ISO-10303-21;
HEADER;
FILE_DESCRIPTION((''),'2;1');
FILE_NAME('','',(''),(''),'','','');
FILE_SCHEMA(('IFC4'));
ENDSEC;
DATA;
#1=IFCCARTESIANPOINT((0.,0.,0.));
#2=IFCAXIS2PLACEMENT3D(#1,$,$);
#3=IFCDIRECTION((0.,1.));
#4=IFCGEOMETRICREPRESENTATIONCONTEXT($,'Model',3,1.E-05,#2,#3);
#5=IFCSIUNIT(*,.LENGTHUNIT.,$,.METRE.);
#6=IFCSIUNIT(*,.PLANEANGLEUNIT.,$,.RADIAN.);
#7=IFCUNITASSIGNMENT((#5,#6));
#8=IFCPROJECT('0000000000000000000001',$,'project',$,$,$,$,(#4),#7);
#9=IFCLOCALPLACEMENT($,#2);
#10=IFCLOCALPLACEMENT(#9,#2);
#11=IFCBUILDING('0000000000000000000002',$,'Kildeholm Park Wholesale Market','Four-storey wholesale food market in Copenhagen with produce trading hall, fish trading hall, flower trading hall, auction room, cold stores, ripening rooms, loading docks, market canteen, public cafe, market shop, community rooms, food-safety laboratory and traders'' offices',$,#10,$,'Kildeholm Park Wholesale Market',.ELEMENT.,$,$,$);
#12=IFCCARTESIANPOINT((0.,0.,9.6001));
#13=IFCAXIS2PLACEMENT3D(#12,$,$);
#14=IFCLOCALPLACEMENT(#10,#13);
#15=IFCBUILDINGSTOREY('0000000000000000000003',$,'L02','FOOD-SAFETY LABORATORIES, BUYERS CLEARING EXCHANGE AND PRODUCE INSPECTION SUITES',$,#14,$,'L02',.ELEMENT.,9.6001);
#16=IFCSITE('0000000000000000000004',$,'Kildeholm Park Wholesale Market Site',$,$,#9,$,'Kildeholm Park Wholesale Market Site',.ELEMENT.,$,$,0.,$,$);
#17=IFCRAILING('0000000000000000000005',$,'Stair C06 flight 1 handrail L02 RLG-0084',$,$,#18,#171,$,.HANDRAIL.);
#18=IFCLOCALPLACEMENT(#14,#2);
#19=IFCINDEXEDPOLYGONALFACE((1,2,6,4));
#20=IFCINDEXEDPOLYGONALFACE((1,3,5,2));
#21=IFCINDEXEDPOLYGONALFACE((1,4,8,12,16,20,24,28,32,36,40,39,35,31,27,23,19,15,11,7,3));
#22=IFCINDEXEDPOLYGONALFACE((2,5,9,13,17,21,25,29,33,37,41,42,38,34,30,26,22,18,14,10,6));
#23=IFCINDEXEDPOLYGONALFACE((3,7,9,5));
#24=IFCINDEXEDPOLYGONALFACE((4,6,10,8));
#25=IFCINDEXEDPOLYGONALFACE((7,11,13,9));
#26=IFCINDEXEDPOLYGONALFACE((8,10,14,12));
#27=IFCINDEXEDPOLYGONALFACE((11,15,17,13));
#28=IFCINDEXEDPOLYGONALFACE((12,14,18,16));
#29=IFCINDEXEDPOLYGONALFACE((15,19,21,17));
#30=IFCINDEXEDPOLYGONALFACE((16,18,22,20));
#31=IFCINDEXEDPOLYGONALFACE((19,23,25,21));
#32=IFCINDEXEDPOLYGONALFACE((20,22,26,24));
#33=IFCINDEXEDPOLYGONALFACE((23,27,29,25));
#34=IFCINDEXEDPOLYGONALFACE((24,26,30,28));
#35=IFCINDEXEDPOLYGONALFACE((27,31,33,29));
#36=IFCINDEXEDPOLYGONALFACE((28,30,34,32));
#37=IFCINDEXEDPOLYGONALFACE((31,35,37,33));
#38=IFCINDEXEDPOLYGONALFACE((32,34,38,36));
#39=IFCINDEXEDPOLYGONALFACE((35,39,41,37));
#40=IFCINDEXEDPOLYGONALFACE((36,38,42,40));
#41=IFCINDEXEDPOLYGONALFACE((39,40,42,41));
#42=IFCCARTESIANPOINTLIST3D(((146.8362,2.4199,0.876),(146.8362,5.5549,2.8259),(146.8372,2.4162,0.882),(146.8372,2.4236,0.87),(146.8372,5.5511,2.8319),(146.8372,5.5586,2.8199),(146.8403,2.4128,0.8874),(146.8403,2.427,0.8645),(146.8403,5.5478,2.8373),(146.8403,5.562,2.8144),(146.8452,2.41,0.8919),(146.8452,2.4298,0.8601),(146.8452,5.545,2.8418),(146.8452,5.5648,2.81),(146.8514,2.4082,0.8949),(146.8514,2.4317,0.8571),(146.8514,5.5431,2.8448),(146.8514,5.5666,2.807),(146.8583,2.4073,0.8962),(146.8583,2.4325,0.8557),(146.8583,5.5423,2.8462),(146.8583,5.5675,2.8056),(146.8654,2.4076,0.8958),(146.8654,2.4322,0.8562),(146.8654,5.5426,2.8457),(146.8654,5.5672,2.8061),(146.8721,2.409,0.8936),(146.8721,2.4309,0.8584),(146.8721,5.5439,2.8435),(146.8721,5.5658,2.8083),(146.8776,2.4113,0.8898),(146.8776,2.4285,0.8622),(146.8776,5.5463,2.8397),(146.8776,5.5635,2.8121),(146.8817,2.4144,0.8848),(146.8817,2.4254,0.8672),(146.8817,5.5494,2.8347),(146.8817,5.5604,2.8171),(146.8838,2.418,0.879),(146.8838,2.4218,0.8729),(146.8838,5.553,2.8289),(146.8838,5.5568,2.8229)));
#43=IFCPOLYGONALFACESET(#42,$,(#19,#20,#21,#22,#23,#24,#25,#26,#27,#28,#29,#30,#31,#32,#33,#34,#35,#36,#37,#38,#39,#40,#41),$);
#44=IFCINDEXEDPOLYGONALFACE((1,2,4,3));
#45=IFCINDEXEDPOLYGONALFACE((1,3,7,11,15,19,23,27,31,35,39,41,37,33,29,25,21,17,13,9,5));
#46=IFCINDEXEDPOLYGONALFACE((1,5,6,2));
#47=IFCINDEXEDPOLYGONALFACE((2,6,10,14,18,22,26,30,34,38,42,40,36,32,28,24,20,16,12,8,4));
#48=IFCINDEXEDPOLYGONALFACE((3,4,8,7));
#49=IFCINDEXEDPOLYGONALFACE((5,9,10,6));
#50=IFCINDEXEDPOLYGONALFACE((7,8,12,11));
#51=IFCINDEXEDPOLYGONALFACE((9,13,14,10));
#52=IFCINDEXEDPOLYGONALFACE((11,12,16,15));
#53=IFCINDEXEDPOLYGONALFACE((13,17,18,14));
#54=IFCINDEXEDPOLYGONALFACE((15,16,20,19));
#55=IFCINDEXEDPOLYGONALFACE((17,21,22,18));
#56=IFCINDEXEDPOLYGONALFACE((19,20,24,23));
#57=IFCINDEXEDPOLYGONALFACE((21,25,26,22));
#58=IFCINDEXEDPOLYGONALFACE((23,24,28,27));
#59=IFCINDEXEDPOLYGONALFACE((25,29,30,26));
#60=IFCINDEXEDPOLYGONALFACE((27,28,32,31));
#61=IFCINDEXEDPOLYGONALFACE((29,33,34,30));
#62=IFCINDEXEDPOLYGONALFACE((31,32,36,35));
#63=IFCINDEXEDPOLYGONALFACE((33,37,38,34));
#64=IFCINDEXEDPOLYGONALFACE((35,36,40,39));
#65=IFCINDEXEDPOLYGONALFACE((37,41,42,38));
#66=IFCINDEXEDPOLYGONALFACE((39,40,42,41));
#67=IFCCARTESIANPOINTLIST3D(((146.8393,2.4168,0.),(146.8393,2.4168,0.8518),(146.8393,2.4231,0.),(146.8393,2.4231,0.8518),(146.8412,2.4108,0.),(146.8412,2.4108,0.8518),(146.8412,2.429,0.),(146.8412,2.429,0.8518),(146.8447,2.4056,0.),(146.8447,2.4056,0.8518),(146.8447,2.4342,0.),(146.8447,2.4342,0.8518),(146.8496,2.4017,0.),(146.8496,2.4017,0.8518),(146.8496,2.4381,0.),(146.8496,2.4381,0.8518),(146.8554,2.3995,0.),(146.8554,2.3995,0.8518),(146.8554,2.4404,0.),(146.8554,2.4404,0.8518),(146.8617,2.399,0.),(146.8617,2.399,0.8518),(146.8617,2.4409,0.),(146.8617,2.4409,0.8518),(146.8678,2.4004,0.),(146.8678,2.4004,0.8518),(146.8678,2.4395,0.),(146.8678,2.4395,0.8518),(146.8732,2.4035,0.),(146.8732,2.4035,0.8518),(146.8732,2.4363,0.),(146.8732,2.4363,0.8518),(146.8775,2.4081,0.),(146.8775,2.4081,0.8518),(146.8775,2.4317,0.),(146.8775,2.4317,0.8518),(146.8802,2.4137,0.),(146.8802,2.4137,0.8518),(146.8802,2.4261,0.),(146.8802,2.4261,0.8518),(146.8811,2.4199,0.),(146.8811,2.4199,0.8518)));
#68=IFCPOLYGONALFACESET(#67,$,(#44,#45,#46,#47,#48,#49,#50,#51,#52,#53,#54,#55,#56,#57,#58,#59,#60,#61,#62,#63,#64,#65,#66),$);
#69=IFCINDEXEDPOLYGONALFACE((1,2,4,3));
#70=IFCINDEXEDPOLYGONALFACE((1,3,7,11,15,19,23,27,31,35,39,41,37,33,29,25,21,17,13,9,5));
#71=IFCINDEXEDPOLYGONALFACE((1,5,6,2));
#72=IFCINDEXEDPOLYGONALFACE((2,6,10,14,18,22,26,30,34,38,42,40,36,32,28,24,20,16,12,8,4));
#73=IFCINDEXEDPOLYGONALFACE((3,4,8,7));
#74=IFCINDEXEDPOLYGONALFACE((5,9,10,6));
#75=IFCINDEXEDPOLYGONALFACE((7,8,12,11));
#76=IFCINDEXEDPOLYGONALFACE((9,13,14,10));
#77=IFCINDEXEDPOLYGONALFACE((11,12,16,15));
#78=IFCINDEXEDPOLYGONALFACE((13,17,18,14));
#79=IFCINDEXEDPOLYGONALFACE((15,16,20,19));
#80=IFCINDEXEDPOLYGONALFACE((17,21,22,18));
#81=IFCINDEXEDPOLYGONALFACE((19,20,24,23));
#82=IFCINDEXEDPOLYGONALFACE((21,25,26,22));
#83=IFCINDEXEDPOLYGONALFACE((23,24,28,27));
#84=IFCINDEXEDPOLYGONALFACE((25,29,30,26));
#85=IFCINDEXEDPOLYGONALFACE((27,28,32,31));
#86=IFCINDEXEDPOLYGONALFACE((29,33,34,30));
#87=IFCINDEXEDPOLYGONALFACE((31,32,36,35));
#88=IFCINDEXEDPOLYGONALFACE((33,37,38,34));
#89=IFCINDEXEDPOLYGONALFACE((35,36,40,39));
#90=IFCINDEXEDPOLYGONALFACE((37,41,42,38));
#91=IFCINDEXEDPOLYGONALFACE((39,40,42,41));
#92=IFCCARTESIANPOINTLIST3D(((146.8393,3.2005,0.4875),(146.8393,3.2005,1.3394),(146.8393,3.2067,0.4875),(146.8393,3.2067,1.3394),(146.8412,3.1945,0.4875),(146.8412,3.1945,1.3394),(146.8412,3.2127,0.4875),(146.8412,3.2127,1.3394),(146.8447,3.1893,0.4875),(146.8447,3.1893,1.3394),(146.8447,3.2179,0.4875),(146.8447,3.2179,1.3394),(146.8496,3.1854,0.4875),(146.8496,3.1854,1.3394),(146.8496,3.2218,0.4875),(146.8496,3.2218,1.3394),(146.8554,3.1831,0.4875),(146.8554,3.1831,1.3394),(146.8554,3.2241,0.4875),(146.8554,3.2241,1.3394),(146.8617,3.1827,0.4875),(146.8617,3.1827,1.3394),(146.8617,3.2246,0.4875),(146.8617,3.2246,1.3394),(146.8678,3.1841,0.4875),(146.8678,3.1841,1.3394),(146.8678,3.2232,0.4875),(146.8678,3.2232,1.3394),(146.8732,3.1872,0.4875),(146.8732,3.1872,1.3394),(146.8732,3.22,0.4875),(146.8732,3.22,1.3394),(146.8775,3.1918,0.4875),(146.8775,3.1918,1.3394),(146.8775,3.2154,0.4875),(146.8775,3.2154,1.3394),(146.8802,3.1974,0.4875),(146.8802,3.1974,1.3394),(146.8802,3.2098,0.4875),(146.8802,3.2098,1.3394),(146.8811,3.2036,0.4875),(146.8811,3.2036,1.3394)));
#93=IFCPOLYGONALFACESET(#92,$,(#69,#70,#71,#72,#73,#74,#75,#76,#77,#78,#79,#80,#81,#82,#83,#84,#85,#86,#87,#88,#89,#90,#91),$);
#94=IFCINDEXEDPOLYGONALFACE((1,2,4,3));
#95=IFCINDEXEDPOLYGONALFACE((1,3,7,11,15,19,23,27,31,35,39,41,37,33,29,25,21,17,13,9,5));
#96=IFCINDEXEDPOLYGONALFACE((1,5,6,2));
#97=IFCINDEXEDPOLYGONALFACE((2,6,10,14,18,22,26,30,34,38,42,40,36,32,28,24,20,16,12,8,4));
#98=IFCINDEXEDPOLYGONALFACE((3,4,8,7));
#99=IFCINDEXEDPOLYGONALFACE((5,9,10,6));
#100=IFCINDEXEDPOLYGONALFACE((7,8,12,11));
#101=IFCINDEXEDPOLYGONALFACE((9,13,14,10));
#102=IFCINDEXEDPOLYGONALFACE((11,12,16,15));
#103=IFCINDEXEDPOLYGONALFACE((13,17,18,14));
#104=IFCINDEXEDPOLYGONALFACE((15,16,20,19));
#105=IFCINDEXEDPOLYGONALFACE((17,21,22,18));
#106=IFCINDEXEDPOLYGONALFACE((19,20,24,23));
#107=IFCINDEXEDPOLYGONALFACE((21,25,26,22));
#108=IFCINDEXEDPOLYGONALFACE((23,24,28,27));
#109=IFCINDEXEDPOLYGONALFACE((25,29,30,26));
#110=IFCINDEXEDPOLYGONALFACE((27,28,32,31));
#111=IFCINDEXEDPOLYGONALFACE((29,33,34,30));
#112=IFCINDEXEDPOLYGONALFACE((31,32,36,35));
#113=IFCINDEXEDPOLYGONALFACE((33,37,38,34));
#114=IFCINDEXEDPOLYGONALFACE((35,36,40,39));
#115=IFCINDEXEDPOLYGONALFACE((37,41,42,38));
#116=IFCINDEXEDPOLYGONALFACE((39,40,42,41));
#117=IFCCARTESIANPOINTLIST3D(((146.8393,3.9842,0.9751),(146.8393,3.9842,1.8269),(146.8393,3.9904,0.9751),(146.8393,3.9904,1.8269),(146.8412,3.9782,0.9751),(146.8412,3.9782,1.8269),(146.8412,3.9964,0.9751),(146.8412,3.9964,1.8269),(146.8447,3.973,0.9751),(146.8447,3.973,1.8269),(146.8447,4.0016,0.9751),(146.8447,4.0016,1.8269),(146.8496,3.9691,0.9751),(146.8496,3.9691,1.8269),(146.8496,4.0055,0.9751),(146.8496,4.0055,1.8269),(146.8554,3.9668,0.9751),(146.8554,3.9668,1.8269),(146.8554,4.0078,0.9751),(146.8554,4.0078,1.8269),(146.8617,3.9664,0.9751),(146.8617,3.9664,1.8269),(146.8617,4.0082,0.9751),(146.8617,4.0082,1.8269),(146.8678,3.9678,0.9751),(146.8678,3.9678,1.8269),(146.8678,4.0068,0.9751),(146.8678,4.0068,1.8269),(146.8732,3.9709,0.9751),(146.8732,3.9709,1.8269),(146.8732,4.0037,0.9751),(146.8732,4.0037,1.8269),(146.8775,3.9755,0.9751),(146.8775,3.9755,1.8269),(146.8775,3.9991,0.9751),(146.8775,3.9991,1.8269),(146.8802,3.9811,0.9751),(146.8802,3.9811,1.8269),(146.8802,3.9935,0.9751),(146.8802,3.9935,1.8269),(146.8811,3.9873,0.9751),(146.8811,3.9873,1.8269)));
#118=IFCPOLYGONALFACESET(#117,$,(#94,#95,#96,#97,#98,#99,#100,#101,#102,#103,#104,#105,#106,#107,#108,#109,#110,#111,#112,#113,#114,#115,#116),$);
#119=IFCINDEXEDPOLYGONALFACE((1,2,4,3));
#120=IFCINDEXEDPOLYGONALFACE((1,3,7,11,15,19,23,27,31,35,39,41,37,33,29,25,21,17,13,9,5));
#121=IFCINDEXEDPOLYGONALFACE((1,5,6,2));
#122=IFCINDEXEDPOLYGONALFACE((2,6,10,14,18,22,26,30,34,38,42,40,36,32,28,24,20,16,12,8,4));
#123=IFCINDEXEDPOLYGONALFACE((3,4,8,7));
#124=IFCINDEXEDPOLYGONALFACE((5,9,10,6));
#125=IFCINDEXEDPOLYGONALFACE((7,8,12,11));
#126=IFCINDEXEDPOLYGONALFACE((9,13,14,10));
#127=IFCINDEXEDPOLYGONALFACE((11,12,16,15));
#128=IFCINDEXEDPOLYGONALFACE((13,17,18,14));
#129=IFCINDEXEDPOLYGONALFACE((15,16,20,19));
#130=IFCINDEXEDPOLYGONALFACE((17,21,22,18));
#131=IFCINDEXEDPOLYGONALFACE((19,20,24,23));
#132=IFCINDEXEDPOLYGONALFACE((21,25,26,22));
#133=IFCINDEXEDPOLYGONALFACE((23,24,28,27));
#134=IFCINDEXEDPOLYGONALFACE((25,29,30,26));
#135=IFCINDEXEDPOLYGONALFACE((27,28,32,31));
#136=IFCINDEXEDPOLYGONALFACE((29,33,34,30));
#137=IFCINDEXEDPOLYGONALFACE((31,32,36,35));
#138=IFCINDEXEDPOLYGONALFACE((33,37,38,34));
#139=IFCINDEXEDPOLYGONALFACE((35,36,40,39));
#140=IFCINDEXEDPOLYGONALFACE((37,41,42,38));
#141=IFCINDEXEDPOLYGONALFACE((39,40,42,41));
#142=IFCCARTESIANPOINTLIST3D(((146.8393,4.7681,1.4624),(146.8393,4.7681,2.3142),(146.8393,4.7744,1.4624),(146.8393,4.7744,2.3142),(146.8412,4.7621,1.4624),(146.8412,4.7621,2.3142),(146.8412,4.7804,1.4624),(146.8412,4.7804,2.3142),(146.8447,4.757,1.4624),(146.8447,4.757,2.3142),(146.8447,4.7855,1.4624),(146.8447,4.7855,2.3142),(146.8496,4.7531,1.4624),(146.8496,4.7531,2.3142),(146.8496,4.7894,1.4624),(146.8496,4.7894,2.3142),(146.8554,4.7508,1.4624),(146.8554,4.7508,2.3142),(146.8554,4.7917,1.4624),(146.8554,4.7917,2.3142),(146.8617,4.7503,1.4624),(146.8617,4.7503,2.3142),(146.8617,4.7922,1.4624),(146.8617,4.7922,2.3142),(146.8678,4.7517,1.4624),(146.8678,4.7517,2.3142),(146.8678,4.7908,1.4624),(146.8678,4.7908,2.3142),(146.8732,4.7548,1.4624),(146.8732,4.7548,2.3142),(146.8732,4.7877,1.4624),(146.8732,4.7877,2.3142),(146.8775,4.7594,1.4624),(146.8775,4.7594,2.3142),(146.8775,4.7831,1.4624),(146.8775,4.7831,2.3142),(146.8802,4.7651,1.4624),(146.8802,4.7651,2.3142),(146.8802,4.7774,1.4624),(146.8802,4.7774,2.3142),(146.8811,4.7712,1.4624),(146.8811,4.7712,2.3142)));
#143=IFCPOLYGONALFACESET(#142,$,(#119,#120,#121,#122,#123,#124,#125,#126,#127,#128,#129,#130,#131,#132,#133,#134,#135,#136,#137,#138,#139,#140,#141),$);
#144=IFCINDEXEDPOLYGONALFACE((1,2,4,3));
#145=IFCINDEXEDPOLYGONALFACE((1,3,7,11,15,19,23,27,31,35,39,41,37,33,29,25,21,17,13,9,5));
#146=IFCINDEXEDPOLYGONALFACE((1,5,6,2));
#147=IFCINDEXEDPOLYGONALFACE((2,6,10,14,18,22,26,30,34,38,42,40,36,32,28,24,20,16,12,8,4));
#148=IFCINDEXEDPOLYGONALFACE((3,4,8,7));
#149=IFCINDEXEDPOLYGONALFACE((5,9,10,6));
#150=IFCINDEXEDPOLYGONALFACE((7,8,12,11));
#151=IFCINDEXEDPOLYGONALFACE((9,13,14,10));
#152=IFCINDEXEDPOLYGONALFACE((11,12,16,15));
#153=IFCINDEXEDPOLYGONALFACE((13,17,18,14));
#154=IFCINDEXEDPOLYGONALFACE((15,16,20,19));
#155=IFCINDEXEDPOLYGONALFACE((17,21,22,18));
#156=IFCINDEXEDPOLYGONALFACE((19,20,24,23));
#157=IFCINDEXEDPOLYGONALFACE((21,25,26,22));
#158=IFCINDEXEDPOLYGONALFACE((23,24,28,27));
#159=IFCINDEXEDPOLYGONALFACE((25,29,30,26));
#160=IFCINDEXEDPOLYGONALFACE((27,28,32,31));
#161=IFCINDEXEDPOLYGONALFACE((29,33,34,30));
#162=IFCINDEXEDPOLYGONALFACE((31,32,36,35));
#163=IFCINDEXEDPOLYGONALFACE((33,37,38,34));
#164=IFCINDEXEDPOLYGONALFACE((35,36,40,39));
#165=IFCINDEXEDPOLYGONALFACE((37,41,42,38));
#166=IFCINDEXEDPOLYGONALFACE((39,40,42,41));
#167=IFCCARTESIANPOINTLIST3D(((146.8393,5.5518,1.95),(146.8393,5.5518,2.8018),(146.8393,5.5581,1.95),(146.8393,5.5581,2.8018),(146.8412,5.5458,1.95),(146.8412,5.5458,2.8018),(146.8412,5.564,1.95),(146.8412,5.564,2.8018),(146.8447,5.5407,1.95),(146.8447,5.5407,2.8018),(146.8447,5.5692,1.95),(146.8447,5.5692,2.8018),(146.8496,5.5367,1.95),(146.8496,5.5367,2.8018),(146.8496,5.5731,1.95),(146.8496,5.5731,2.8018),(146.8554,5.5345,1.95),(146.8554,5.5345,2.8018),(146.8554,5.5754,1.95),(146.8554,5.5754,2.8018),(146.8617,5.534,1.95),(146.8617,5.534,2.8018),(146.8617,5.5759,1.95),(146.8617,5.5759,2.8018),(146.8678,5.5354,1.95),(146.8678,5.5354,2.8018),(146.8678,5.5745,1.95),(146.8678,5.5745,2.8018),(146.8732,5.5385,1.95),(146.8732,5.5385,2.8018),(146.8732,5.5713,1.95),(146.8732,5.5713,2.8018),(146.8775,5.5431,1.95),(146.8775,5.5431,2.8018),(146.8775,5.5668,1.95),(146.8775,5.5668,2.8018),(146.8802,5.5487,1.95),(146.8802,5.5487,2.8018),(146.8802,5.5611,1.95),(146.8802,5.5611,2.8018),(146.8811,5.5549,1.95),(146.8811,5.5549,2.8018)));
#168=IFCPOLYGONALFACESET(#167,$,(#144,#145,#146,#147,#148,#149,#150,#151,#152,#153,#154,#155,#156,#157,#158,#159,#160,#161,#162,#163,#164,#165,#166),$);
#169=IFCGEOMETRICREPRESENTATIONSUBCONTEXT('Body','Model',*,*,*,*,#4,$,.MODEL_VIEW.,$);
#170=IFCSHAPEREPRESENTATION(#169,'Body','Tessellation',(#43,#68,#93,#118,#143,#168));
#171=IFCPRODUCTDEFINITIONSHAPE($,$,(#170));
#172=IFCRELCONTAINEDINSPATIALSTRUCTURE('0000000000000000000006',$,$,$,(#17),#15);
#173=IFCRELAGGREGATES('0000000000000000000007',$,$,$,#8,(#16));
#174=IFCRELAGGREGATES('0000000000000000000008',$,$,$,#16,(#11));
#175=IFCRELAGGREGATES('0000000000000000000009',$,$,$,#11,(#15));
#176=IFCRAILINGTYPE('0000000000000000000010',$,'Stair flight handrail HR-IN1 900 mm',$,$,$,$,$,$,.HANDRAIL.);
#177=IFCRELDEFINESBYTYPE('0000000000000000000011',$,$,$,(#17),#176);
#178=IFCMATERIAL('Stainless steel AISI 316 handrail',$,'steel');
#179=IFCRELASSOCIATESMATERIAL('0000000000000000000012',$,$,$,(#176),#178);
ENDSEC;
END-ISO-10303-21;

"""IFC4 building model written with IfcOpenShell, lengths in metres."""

from ifc_helpers import new_model, si_unit, direction, frame, origin, origin_2d, place, context, subcontext, project, spatial, circle, extrude, material, type_object, element, save


model = new_model("IFC4")

# Units and contexts
model_context = context("Model", 3, precision=1e-05, world=origin(), true_north=direction((0.0, 1.0)))
body_context = subcontext(model_context, "Body", "Model", "MODEL_VIEW")
ifc_project = project(units=[si_unit("LENGTHUNIT", "METRE"), si_unit("PLANEANGLEUNIT", "RADIAN")], contexts=[model_context])

# Site, building, storey
site_placement = place(None, origin())
site = spatial("IfcSite", under=ifc_project, at=site_placement, Name="Kildeholm Park Wholesale Market Site", LongName="Kildeholm Park Wholesale Market Site", CompositionType="ELEMENT", RefElevation=0.0)
building_placement = place(site_placement, origin())
building = spatial("IfcBuilding", under=site, at=building_placement, Name="Kildeholm Park Wholesale Market", Description="Four-storey wholesale food market in Copenhagen with produce trading hall, fish trading hall, flower trading hall, auction room, cold stores, ripening rooms, loading docks, market canteen, public cafe, market shop, community rooms, food-safety laboratory and traders' offices", LongName="Kildeholm Park Wholesale Market", CompositionType="ELEMENT")
storey_placement = place(building_placement, frame((0.0, 0.0, 9.6001)))
storey = spatial("IfcBuildingStorey", under=building, at=storey_placement, Name="L02", Description="FOOD-SAFETY LABORATORIES, BUYERS CLEARING EXCHANGE AND PRODUCE INSPECTION SUITES", LongName="L02", CompositionType="ELEMENT", Elevation=9.6001)

# Railing
ifc_material_1 = material(Name="Stainless steel AISI 316 handrail", Category="steel")
railing_type_1 = type_object("IfcRailingType", Name="Stair flight handrail HR-IN1 900 mm", PredefinedType="HANDRAIL", material=ifc_material_1)
railing_1_placement = place(storey_placement, frame((146.8601, 2.4199, 0.0)))
element("IfcRailing", 1, at=railing_1_placement, inside=storey, type_object=railing_type_1, Name="Stair C06 flight 1 handrail L02 RLG-0084", PredefinedType="HANDRAIL", context=body_context, shape_type="SweptSolid", body=[
    extrude(circle(Radius=0.0239, at=origin_2d()), frame((0.0, 0.0, 0.876), z_axis=(0.0, 0.849144, 0.528161), x_axis=(-1.0, 0.0, 0.0)), (0.0, 0.0, 1.0), 3.6919),
    extrude(circle(Radius=0.021, at=origin_2d()), origin(), (0.0, 0.0, 1.0), 0.8518),
    extrude(circle(Radius=0.021, at=origin_2d()), frame((0.0, 0.7837, 0.4875)), (0.0, 0.0, 1.0), 0.8518),
    extrude(circle(Radius=0.021, at=origin_2d()), frame((0.0, 1.5674, 0.9751)), (0.0, 0.0, 1.0), 0.8518),
    extrude(circle(Radius=0.021, at=origin_2d()), frame((0.0, 2.3513, 1.4624)), (0.0, 0.0, 1.0), 0.8518),
    extrude(circle(Radius=0.021, at=origin_2d()), frame((0.0, 3.135, 1.95)), (0.0, 0.0, 1.0), 0.8518),
])

save(model, "model.ifc")
